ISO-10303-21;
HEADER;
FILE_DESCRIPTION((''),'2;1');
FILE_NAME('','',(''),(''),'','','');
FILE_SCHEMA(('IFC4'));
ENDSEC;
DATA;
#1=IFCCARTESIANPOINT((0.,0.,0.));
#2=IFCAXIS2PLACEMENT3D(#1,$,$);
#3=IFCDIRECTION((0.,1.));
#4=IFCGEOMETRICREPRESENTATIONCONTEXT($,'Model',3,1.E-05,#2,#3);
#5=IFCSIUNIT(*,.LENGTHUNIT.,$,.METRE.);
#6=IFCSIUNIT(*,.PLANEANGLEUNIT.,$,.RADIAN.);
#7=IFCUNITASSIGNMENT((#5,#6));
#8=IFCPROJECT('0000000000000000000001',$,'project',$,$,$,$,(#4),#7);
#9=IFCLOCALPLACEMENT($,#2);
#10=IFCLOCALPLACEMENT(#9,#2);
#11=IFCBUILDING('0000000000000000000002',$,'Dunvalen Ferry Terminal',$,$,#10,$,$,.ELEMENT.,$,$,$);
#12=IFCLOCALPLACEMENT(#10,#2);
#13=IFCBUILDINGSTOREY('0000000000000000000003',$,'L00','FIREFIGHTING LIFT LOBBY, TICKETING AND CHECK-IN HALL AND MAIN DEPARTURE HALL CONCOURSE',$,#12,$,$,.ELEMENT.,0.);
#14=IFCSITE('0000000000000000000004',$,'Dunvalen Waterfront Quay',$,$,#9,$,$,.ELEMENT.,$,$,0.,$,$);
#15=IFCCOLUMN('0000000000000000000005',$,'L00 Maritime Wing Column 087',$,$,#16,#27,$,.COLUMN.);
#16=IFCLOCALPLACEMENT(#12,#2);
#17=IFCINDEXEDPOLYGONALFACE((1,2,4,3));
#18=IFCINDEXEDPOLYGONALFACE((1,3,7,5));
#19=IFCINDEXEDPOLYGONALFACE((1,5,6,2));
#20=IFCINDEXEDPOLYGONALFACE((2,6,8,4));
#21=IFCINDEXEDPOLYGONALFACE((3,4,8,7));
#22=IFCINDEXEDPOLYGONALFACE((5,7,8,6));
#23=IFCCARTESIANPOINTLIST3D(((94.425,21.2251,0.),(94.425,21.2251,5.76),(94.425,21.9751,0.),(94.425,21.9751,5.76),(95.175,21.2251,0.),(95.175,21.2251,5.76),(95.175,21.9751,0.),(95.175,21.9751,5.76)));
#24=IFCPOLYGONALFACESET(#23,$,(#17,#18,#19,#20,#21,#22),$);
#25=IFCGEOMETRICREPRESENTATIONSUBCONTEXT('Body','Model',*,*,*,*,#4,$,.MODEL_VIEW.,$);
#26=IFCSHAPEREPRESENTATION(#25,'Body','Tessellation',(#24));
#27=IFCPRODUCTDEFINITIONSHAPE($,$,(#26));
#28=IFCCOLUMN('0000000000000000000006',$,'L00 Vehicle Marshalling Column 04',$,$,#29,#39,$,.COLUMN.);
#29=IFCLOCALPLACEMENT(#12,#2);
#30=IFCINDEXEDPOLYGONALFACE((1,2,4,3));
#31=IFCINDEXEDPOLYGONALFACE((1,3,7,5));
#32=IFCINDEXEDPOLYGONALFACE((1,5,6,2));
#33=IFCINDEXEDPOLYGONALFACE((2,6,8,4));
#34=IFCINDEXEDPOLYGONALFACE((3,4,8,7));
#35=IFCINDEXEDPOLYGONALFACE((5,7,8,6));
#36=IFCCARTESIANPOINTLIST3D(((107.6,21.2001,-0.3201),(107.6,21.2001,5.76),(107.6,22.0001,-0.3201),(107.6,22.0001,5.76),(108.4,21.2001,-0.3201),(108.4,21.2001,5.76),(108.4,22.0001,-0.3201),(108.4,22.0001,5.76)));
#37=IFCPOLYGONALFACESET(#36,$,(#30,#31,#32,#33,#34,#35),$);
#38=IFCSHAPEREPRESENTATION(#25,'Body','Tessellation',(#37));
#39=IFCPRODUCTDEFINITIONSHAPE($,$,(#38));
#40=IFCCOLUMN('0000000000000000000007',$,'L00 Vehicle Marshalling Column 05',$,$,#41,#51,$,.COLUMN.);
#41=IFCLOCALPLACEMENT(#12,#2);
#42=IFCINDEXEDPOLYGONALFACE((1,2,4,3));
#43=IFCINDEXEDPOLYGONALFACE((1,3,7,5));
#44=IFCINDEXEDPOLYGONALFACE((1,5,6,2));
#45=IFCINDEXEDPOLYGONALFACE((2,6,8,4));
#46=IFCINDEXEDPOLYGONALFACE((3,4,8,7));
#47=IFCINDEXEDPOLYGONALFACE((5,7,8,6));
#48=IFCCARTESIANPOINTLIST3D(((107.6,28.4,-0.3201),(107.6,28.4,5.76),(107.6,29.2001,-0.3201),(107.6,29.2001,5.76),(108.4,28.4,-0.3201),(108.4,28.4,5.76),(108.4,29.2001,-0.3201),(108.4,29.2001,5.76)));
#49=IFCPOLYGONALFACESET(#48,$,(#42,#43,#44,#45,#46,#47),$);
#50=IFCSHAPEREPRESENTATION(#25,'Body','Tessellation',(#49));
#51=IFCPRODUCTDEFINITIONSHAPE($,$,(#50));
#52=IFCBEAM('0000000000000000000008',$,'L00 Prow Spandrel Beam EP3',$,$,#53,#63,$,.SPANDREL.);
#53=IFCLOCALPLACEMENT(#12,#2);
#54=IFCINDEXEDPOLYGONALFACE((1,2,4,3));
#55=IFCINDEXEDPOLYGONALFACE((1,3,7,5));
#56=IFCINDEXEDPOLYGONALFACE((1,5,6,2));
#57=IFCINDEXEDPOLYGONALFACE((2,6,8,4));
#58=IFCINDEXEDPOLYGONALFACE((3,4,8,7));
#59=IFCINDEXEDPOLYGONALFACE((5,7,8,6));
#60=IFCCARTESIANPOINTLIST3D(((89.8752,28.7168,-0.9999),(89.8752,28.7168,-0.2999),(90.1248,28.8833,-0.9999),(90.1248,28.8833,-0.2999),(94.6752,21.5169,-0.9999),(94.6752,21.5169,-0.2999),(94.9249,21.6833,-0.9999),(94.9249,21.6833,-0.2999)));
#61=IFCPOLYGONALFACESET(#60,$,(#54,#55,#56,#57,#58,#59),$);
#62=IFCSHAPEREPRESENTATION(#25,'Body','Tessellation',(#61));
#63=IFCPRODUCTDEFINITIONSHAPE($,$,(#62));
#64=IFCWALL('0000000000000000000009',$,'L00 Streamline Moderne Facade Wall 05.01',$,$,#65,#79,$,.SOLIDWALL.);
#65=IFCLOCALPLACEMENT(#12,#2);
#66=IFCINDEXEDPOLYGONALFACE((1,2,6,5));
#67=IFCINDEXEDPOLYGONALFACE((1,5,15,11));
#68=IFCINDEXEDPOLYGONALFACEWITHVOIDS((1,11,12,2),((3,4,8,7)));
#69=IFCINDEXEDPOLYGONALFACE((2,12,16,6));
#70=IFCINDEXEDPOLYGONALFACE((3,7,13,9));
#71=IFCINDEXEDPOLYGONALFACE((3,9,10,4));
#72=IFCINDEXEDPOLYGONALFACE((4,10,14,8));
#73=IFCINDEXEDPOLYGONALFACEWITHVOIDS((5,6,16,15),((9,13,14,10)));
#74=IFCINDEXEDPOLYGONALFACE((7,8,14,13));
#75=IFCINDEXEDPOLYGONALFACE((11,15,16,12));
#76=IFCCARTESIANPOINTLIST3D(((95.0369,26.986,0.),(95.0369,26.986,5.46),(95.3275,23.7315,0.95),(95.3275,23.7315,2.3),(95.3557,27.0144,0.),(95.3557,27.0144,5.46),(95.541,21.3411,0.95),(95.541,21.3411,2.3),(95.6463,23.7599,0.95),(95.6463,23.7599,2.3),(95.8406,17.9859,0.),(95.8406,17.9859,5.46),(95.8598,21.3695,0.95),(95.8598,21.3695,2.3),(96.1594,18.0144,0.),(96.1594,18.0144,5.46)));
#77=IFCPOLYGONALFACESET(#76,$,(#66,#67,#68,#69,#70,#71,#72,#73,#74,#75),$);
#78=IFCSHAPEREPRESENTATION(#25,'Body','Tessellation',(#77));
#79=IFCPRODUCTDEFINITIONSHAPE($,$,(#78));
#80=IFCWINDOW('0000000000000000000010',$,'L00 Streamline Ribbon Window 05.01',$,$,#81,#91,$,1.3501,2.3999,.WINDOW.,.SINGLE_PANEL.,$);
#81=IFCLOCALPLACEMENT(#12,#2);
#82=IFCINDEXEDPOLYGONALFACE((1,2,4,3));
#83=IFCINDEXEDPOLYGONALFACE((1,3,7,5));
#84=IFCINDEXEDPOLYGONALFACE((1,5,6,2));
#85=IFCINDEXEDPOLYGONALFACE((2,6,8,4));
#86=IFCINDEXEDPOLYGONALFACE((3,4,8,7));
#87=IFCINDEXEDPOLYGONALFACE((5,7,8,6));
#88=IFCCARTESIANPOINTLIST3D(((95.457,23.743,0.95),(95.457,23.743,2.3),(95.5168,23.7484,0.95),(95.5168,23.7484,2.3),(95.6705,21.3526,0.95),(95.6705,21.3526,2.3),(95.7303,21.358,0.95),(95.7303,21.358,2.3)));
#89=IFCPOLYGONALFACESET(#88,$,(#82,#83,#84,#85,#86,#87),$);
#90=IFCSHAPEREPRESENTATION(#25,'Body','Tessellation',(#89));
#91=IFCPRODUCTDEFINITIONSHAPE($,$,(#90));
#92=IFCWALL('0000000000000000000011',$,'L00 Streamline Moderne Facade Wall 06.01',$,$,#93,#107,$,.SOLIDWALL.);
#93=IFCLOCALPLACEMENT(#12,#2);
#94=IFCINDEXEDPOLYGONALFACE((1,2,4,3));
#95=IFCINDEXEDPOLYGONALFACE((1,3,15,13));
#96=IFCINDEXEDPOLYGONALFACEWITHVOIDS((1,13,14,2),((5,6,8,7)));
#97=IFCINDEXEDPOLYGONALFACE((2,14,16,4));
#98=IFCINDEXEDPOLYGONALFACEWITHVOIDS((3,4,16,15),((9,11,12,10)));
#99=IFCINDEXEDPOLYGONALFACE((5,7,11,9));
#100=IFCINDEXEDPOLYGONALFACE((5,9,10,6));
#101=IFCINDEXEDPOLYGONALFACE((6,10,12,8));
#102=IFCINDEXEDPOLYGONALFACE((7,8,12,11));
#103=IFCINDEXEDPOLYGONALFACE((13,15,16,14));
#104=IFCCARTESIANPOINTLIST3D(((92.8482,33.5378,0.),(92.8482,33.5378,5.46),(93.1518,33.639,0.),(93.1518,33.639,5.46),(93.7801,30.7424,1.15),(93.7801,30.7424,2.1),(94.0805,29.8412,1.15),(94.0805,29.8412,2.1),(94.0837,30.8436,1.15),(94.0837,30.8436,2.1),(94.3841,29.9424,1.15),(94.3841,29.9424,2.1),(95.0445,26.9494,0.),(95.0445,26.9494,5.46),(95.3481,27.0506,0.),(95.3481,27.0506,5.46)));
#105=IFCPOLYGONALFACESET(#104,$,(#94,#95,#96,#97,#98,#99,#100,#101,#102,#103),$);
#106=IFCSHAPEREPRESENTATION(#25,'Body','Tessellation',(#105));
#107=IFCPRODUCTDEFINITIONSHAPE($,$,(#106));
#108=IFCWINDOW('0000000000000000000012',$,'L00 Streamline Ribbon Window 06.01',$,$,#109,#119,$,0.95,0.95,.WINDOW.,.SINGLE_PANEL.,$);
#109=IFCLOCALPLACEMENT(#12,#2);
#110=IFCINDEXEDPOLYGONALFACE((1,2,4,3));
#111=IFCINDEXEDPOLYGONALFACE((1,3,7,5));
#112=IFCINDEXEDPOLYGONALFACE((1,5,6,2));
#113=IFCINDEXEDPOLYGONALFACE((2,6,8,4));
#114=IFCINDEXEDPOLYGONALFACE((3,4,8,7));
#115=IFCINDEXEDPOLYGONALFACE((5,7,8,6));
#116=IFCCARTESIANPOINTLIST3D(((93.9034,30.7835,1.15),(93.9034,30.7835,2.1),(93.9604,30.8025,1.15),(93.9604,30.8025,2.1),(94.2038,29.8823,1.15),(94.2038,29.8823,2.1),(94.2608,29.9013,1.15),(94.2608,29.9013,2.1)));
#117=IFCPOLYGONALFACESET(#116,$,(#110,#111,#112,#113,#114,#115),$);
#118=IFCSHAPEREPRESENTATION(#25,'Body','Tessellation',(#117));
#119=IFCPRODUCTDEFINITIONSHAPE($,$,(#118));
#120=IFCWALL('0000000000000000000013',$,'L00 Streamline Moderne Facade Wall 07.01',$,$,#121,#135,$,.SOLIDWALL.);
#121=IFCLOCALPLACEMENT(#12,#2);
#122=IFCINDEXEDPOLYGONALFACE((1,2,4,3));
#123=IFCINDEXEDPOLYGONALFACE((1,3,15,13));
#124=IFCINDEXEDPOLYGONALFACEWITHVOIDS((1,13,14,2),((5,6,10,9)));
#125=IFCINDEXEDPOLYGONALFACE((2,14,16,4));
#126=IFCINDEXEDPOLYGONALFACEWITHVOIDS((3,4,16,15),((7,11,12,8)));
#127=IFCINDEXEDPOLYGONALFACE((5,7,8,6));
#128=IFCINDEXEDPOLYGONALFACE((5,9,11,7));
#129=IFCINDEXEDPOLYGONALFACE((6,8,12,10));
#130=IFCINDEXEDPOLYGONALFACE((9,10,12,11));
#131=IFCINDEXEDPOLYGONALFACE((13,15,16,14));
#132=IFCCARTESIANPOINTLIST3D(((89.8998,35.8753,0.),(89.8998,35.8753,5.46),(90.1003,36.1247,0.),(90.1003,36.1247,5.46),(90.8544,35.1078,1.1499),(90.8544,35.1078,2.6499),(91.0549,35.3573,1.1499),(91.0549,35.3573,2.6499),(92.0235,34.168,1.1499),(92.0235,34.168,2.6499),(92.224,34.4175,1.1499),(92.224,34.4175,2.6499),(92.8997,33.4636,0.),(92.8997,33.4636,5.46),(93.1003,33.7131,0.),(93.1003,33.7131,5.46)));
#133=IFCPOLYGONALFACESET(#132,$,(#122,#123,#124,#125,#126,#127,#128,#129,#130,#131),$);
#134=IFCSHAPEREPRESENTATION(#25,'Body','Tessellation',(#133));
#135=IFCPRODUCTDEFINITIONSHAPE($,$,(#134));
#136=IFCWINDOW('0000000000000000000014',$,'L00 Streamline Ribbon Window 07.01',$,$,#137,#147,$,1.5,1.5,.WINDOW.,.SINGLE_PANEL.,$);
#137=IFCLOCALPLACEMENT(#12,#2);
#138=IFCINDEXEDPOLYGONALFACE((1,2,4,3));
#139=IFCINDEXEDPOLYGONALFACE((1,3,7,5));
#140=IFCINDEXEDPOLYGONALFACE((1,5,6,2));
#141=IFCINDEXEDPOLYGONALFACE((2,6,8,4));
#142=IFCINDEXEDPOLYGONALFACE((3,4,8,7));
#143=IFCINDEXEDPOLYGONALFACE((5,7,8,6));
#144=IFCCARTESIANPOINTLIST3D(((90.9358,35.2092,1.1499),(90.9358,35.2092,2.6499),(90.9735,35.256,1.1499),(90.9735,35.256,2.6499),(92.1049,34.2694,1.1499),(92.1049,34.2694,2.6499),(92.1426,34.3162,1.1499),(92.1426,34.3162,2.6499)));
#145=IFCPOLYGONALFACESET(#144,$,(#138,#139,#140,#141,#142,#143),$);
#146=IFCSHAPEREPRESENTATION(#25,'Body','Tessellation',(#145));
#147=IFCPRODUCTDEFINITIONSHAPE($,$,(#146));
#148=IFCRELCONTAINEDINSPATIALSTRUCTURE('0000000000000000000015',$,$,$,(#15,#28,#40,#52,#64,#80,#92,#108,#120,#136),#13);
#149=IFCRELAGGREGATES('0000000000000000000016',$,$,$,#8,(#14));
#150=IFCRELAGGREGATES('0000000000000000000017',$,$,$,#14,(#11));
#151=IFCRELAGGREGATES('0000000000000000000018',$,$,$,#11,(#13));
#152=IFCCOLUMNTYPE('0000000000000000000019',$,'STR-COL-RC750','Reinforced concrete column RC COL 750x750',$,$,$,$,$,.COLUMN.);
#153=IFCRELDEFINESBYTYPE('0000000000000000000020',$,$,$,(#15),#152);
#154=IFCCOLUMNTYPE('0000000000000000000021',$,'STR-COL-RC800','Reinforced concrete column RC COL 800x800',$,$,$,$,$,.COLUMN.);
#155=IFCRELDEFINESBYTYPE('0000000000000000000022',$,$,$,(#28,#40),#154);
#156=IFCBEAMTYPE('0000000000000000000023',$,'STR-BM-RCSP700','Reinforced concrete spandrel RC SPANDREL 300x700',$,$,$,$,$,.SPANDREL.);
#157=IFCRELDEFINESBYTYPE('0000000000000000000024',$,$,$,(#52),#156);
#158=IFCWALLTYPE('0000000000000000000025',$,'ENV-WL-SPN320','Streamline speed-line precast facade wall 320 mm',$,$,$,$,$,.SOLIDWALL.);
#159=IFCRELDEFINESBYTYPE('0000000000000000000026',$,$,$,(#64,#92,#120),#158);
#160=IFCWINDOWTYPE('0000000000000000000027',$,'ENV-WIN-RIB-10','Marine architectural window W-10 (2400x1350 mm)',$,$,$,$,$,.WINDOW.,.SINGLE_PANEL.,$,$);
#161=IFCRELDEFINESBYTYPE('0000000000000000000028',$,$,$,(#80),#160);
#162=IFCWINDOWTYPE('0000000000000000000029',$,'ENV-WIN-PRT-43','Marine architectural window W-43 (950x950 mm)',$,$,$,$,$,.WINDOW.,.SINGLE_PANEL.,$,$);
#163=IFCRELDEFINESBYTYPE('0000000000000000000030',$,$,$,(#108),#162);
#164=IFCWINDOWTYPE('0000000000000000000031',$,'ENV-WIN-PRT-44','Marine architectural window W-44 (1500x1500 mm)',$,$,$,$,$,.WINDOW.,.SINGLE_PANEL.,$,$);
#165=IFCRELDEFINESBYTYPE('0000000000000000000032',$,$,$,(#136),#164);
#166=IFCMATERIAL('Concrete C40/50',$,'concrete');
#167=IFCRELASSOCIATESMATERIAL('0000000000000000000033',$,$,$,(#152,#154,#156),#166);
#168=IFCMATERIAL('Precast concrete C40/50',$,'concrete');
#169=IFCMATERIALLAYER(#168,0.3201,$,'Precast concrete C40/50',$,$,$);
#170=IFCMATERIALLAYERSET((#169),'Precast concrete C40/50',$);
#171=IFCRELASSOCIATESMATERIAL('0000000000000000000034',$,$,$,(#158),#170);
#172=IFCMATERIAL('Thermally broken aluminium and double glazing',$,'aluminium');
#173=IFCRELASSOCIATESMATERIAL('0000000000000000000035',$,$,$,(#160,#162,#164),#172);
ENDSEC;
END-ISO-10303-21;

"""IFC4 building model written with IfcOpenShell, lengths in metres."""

from ifc_helpers import new_model, si_unit, direction, frame, frame_2d, origin, origin_2d, place, context, subcontext, project, spatial, rectangle, extrude, material, layer, layer_set, material_profile, profile_set, type_object, element, fill, save


model = new_model("IFC4")

# Units and contexts
model_context = context("Model", 3, precision=1e-05, world=origin(), true_north=direction((0.0, 1.0)))
body_context = subcontext(model_context, "Body", "Model", "MODEL_VIEW")
ifc_project = project(units=[si_unit("LENGTHUNIT", "METRE"), si_unit("PLANEANGLEUNIT", "RADIAN")], contexts=[model_context])

# Site, building, storey
site_placement = place(None, origin())
site = spatial("IfcSite", under=ifc_project, at=site_placement, Name="Dunvalen Waterfront Quay", CompositionType="ELEMENT", RefElevation=0.0)
building_placement = place(site_placement, origin())
building = spatial("IfcBuilding", under=site, at=building_placement, Name="Dunvalen Ferry Terminal", CompositionType="ELEMENT")
storey_placement = place(building_placement, origin())
storey = spatial("IfcBuildingStorey", under=building, at=storey_placement, Name="L00", Description="FIREFIGHTING LIFT LOBBY, TICKETING AND CHECK-IN HALL AND MAIN DEPARTURE HALL CONCOURSE", CompositionType="ELEMENT", Elevation=0.0)

# Shared definitions
ifc_material_1 = material(Name="Concrete C40/50", Category="concrete")

# Columns
ifc_material_profile_1 = material_profile(ifc_material_1, rectangle(XDim=0.75, YDim=0.75, at=origin_2d()), Name="Concrete C40/50")
ifc_profile_set_1 = profile_set([ifc_material_profile_1], Name="Concrete C40/50")
column_type_1 = type_object("IfcColumnType", Name="STR-COL-RC750", Description="Reinforced concrete column RC COL 750x750", PredefinedType="COLUMN", material=ifc_profile_set_1)
column_placement = place(storey_placement, frame((94.8, 21.6001, 0.0), z_axis=(0.0, 0.0, 1.0), x_axis=(1.0, 0.0, 0.0)))
element("IfcColumn", 1, at=column_placement, inside=storey, type_object=column_type_1, Name="L00 Maritime Wing Column 087", PredefinedType="COLUMN", context=body_context, shape_type="SweptSolid", body=[
    extrude(rectangle(XDim=0.75, YDim=0.75, at=origin_2d()), origin(), (0.0, 0.0, 1.0), 5.76),
])
ifc_material_profile_2 = material_profile(ifc_material_1, rectangle(XDim=0.8, YDim=0.8, at=origin_2d()), Name="Concrete C40/50")
ifc_profile_set_2 = profile_set([ifc_material_profile_2], Name="Concrete C40/50")
column_type_2 = type_object("IfcColumnType", Name="STR-COL-RC800", Description="Reinforced concrete column RC COL 800x800", PredefinedType="COLUMN", material=ifc_profile_set_2)
for number, where, z_axis, x_axis, name in (
    (2, (108.0, 21.6001, -0.3201), (0.0, 0.0, 1.0), (1.0, 0.0, 0.0), "L00 Vehicle Marshalling Column 04"),
    (3, (108.0, 28.8, -0.3201), (0.0, 0.0, 1.0), (1.0, 0.0, 0.0), "L00 Vehicle Marshalling Column 05"),
):
    element("IfcColumn", number, at=place(storey_placement, frame(where, z_axis=z_axis, x_axis=x_axis)), inside=storey, type_object=column_type_2, Name=name, PredefinedType="COLUMN", context=body_context, shape_type="SweptSolid", body=[
        extrude(rectangle(XDim=0.8, YDim=0.8, at=origin_2d()), origin(), (0.0, 0.0, 1.0), 6.0801),
    ])

# Beam
ifc_material_profile_3 = material_profile(ifc_material_1, rectangle(XDim=0.3, YDim=0.7, at=origin_2d()), Name="Concrete C40/50")
ifc_profile_set_3 = profile_set([ifc_material_profile_3], Name="Concrete C40/50")
beam_type = type_object("IfcBeamType", Name="STR-BM-RCSP700", Description="Reinforced concrete spandrel RC SPANDREL 300x700", PredefinedType="SPANDREL", material=ifc_profile_set_3)
beam_placement = place(storey_placement, frame((94.8, 21.6001, -0.6499), z_axis=(-0.554707, 0.832046, 0.0), x_axis=(-0.832046, -0.554707, 0.0)))
element("IfcBeam", 4, at=beam_placement, inside=storey, type_object=beam_type, Name="L00 Prow Spandrel Beam EP3", PredefinedType="SPANDREL", context=body_context, shape_type="SweptSolid", body=[
    extrude(rectangle(XDim=0.3, YDim=0.7, at=origin_2d()), origin(), (0.0, 0.0, 1.0), 8.6533),
])

# Walls, openings, windows
ifc_material_2 = material(Name="Precast concrete C40/50", Category="concrete")
ifc_layer_1 = layer(ifc_material_2, 0.3201, Name="Precast concrete C40/50")
ifc_layer_set_1 = layer_set([ifc_layer_1], Name="Precast concrete C40/50")
wall_type_1 = type_object("IfcWallType", Name="ENV-WL-SPN320", Description="Streamline speed-line precast facade wall 320 mm", PredefinedType="SOLIDWALL", material=ifc_layer_set_1)
wall_1_placement = place(storey_placement, frame((96.0, 18.0, 0.0), z_axis=(0.0, 0.0, 1.0), x_axis=(-0.088947, 0.996036, 0.0)))
wall_1 = element("IfcWall", 5, at=wall_1_placement, inside=storey, type_object=wall_type_1, Name="L00 Streamline Moderne Facade Wall 05.01", PredefinedType="SOLIDWALL", context=body_context, shape_type="SweptSolid", body=[
    extrude(rectangle(XDim=9.0359, YDim=0.3201, at=frame_2d((4.5181, 0.0))), origin(), (0.0, 0.0, 1.0), 5.46),
])
opening_1_placement = place(wall_1_placement, frame((3.3687, 0.0, 0.95)))
opening_1 = element("IfcOpeningElement", 6, at=opening_1_placement, cuts=wall_1, PredefinedType="OPENING", context=body_context, shape_type="SweptSolid", body=[
    extrude(rectangle(XDim=2.3999, YDim=1.3501, at=frame_2d((1.2, 0.675))), frame((0.0, 0.1699, 0.0), z_axis=(0.0, -1.0, 0.0), x_axis=(1.0, 0.0, 0.0)), (0.0, 0.0, 1.0), 0.3401),
])
ifc_material_3 = material(Name="Thermally broken aluminium and double glazing", Category="aluminium")
window_type_1 = type_object("IfcWindowType", Name="ENV-WIN-RIB-10", Description="Marine architectural window W-10 (2400x1350 mm)", PartitioningType="SINGLE_PANEL", PredefinedType="WINDOW", material=ifc_material_3)
window_1_placement = place(opening_1_placement, origin())
window_1 = element("IfcWindow", 7, at=window_1_placement, inside=storey, type_object=window_type_1, Name="L00 Streamline Ribbon Window 05.01", OverallHeight=1.3501, OverallWidth=2.3999, PartitioningType="SINGLE_PANEL", PredefinedType="WINDOW", context=body_context, shape_type="SweptSolid", body=[
    extrude(rectangle(XDim=2.3999, YDim=1.3501, at=frame_2d((1.2, 0.675))), frame((0.0, 0.03, 0.0), z_axis=(0.0, -1.0, 0.0), x_axis=(1.0, 0.0, 0.0)), (0.0, 0.0, 1.0), 0.0601),
])
fill(opening_1, window_1)
wall_2_placement = place(storey_placement, frame((95.1963, 27.0, 0.0), z_axis=(0.0, 0.0, 1.0), x_axis=(-0.316249, 0.948676, 0.0)))
wall_2 = element("IfcWall", 8, at=wall_2_placement, inside=storey, type_object=wall_type_1, Name="L00 Streamline Moderne Facade Wall 06.01", PredefinedType="SOLIDWALL", context=body_context, shape_type="SweptSolid", body=[
    extrude(rectangle(XDim=6.9448, YDim=0.3201, at=frame_2d((3.4724, 0.0))), origin(), (0.0, 0.0, 1.0), 5.46),
])
opening_2_placement = place(wall_2_placement, frame((3.0481, 0.0, 1.1499)))
opening_2 = element("IfcOpeningElement", 9, at=opening_2_placement, cuts=wall_2, PredefinedType="OPENING", context=body_context, shape_type="SweptSolid", body=[
    extrude(rectangle(XDim=0.95, YDim=0.95, at=frame_2d((0.4751, 0.4751))), frame((0.0, 0.1699, 0.0), z_axis=(0.0, -1.0, 0.0), x_axis=(1.0, 0.0, 0.0)), (0.0, 0.0, 1.0), 0.3401),
])
window_type_2 = type_object("IfcWindowType", Name="ENV-WIN-PRT-43", Description="Marine architectural window W-43 (950x950 mm)", PartitioningType="SINGLE_PANEL", PredefinedType="WINDOW", material=ifc_material_3)
window_2_placement = place(opening_2_placement, origin())
window_2 = element("IfcWindow", 10, at=window_2_placement, inside=storey, type_object=window_type_2, Name="L00 Streamline Ribbon Window 06.01", OverallHeight=0.95, OverallWidth=0.95, PartitioningType="SINGLE_PANEL", PredefinedType="WINDOW", context=body_context, shape_type="SweptSolid", body=[
    extrude(rectangle(XDim=0.95, YDim=0.95, at=frame_2d((0.4751, 0.4751))), frame((0.0, 0.03, 0.0), z_axis=(0.0, -1.0, 0.0), x_axis=(1.0, 0.0, 0.0)), (0.0, 0.0, 1.0), 0.0601),
])
fill(opening_2, window_2)
wall_3_placement = place(storey_placement, frame((93.0, 33.5884, 0.0), z_axis=(0.0, 0.0, 1.0), x_axis=(-0.779394, 0.626534, 0.0)))
wall_3 = element("IfcWall", 11, at=wall_3_placement, inside=storey, type_object=wall_type_1, Name="L00 Streamline Moderne Facade Wall 07.01", PredefinedType="SOLIDWALL", context=body_context, shape_type="SweptSolid", body=[
    extrude(rectangle(XDim=3.8491, YDim=0.3201, at=frame_2d((1.9246, 0.0))), origin(), (0.0, 0.0, 1.0), 5.46),
])
opening_3_placement = place(wall_3_placement, frame((1.1243, 0.0, 1.1499)))
opening_3 = element("IfcOpeningElement", 12, at=opening_3_placement, cuts=wall_3, PredefinedType="OPENING", context=body_context, shape_type="SweptSolid", body=[
    extrude(rectangle(XDim=1.5, YDim=1.5, at=frame_2d((0.75, 0.75))), frame((0.0, 0.1699, 0.0), z_axis=(0.0, -1.0, 0.0), x_axis=(1.0, 0.0, 0.0)), (0.0, 0.0, 1.0), 0.3401),
])
window_type_3 = type_object("IfcWindowType", Name="ENV-WIN-PRT-44", Description="Marine architectural window W-44 (1500x1500 mm)", PartitioningType="SINGLE_PANEL", PredefinedType="WINDOW", material=ifc_material_3)
window_3_placement = place(opening_3_placement, origin())
window_3 = element("IfcWindow", 13, at=window_3_placement, inside=storey, type_object=window_type_3, Name="L00 Streamline Ribbon Window 07.01", OverallHeight=1.5, OverallWidth=1.5, PartitioningType="SINGLE_PANEL", PredefinedType="WINDOW", context=body_context, shape_type="SweptSolid", body=[
    extrude(rectangle(XDim=1.5, YDim=1.5, at=frame_2d((0.75, 0.75))), frame((0.0, 0.03, 0.0), z_axis=(0.0, -1.0, 0.0), x_axis=(1.0, 0.0, 0.0)), (0.0, 0.0, 1.0), 0.0601),
])
fill(opening_3, window_3)

save(model, "model.ifc")
